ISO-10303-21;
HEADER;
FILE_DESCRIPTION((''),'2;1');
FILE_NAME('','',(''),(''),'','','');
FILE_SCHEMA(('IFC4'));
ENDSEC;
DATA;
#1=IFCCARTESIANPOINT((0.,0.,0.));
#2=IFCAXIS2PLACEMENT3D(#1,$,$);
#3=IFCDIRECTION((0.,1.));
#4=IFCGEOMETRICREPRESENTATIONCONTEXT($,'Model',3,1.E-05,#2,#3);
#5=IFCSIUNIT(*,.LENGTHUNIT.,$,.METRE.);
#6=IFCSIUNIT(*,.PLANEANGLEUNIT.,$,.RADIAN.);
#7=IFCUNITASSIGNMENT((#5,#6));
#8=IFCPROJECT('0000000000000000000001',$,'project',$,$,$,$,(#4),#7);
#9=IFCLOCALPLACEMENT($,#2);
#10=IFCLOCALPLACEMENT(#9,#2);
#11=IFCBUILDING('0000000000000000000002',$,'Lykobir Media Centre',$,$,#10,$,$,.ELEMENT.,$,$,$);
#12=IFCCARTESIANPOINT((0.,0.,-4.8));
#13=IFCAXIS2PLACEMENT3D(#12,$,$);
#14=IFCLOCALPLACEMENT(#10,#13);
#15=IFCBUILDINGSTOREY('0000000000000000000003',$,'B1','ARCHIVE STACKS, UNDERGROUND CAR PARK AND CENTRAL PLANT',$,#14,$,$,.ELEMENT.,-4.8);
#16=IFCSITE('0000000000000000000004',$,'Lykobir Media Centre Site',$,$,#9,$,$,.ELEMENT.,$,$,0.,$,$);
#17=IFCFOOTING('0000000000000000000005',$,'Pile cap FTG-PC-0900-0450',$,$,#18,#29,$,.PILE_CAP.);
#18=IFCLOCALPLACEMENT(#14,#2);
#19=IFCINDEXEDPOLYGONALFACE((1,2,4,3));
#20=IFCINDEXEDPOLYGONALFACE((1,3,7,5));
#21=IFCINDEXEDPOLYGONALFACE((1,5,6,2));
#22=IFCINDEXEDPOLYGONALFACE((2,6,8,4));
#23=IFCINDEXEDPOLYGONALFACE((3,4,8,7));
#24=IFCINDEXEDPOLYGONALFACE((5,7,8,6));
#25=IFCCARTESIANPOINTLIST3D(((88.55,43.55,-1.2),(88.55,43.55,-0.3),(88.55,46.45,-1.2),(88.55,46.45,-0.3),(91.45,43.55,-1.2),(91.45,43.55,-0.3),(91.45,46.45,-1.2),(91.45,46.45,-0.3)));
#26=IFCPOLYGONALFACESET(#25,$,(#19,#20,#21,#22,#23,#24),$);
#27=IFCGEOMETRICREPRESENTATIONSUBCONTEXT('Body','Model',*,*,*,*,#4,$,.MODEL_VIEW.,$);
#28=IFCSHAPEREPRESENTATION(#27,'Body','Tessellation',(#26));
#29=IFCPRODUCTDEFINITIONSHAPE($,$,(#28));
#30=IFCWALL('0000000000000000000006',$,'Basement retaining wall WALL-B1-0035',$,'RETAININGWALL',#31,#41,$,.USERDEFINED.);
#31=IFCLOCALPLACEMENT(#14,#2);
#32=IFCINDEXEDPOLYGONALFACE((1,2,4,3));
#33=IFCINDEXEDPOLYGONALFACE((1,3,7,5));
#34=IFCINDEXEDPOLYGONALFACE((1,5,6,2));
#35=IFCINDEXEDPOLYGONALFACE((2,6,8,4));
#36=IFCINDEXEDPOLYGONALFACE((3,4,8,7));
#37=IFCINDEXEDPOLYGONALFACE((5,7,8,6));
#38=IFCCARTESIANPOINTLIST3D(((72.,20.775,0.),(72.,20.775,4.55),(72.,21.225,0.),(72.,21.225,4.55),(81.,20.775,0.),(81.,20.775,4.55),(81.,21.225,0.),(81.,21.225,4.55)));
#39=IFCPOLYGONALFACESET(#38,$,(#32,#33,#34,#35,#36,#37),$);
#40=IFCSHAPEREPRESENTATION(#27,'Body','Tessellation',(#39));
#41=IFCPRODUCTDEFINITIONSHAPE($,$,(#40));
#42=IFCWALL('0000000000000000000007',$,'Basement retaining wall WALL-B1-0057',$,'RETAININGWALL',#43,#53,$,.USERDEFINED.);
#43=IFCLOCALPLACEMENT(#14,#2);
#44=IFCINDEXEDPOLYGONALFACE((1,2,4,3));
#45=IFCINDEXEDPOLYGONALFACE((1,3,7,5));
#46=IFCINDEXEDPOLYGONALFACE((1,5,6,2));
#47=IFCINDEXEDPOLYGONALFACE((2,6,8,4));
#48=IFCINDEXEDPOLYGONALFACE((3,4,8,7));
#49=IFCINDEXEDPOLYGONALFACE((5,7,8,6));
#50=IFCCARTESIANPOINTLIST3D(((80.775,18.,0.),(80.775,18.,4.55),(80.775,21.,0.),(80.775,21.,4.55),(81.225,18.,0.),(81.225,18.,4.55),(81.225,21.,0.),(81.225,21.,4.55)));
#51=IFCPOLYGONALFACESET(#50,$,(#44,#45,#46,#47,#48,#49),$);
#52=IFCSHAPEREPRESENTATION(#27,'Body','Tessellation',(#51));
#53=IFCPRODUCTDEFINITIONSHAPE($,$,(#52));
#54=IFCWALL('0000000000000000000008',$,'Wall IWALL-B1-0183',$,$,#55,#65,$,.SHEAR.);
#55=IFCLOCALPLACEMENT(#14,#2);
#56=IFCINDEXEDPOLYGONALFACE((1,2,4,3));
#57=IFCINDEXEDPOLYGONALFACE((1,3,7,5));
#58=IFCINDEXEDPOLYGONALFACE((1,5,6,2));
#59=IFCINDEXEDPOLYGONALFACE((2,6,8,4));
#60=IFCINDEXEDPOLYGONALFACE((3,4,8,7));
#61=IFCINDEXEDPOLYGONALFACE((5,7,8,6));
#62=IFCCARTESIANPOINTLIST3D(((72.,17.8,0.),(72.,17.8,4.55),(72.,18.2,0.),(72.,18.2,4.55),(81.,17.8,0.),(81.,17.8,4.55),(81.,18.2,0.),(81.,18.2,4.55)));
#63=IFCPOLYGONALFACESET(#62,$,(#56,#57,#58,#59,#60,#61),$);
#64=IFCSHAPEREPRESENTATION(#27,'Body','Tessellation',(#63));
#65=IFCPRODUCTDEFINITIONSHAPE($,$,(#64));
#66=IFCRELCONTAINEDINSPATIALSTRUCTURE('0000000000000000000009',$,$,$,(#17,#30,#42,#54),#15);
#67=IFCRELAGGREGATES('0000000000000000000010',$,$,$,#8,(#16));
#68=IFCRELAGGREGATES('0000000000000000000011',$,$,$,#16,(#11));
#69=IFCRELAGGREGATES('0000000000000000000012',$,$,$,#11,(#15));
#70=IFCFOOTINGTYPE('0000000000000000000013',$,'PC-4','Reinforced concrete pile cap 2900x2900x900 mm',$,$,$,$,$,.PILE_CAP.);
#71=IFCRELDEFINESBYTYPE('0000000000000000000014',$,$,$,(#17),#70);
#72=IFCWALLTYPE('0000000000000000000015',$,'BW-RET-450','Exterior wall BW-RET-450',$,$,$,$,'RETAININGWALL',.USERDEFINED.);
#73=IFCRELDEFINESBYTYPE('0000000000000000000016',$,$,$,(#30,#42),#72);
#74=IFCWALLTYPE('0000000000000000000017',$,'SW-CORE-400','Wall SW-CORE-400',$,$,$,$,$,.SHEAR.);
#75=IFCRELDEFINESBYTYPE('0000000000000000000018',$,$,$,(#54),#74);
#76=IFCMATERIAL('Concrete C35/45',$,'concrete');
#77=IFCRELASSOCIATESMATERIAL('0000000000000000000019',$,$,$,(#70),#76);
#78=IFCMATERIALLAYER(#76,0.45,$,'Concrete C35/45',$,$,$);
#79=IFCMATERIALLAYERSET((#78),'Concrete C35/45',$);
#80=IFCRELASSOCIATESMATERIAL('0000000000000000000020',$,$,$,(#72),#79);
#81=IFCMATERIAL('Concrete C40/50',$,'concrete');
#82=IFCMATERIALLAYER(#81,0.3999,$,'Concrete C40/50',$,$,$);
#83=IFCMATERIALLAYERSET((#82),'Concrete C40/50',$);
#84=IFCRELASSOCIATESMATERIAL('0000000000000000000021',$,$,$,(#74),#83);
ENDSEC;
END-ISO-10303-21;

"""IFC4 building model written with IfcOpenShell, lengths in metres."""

from ifc_helpers import new_model, si_unit, direction, frame, frame_2d, origin, origin_2d, place, context, subcontext, project, spatial, rectangle, extrude, material, layer, layer_set, type_object, element, save


model = new_model("IFC4")

# Units and contexts
model_context = context("Model", 3, precision=1e-05, world=origin(), true_north=direction((0.0, 1.0)))
body_context = subcontext(model_context, "Body", "Model", "MODEL_VIEW")
ifc_project = project(units=[si_unit("LENGTHUNIT", "METRE"), si_unit("PLANEANGLEUNIT", "RADIAN")], contexts=[model_context])

# Site, building, storey
site_placement = place(None, origin())
site = spatial("IfcSite", under=ifc_project, at=site_placement, Name="Lykobir Media Centre Site", CompositionType="ELEMENT", RefElevation=0.0)
building_placement = place(site_placement, origin())
building = spatial("IfcBuilding", under=site, at=building_placement, Name="Lykobir Media Centre", CompositionType="ELEMENT")
storey_placement = place(building_placement, frame((0.0, 0.0, -4.8)))
storey = spatial("IfcBuildingStorey", under=building, at=storey_placement, Name="B1", Description="ARCHIVE STACKS, UNDERGROUND CAR PARK AND CENTRAL PLANT", CompositionType="ELEMENT", Elevation=-4.8)

# Footing
ifc_material_1 = material(Name="Concrete C35/45", Category="concrete")
footing_type_1 = type_object("IfcFootingType", Name="PC-4", Description="Reinforced concrete pile cap 2900x2900x900 mm", PredefinedType="PILE_CAP", material=ifc_material_1)
for number, where, z_axis, x_axis, name in (
    (1, (90.0, 45.0, -1.2), (0.0, 0.0, 1.0), (1.0, 0.0, 0.0), "Pile cap FTG-PC-0900-0450"),
):
    element("IfcFooting", number, at=place(storey_placement, frame(where, z_axis=z_axis, x_axis=x_axis)), inside=storey, type_object=footing_type_1, Name=name, PredefinedType="PILE_CAP", context=body_context, shape_type="SweptSolid", body=[
        extrude(rectangle(XDim=2.8999, YDim=2.8999, at=origin_2d()), origin(), (0.0, 0.0, 1.0), 0.8999),
    ])

# Walls
ifc_layer_1 = layer(ifc_material_1, 0.45, Name="Concrete C35/45")
ifc_layer_set_1 = layer_set([ifc_layer_1], Name="Concrete C35/45")
wall_type_1 = type_object("IfcWallType", Name="BW-RET-450", Description="Exterior wall BW-RET-450", ElementType="RETAININGWALL", PredefinedType="USERDEFINED", material=ifc_layer_set_1)
wall_1_placement = place(storey_placement, frame((81.0, 21.0, 0.0), z_axis=(0.0, 0.0, 1.0), x_axis=(-1.0, 0.0, 0.0)))
element("IfcWall", 2, at=wall_1_placement, inside=storey, type_object=wall_type_1, Name="Basement retaining wall WALL-B1-0035", ObjectType="RETAININGWALL", PredefinedType="USERDEFINED", context=body_context, shape_type="SweptSolid", body=[
    extrude(rectangle(XDim=9.0, YDim=0.45, at=frame_2d((4.5, 0.0))), origin(), (0.0, 0.0, 1.0), 4.55),
])
wall_2_placement = place(storey_placement, frame((81.0, 18.0, 0.0), z_axis=(0.0, 0.0, 1.0), x_axis=(0.0, 1.0, 0.0)))
element("IfcWall", 3, at=wall_2_placement, inside=storey, type_object=wall_type_1, Name="Basement retaining wall WALL-B1-0057", ObjectType="RETAININGWALL", PredefinedType="USERDEFINED", context=body_context, shape_type="SweptSolid", body=[
    extrude(rectangle(XDim=3.0, YDim=0.45, at=frame_2d((1.5, 0.0))), origin(), (0.0, 0.0, 1.0), 4.55),
])
ifc_material_2 = material(Name="Concrete C40/50", Category="concrete")
ifc_layer_2 = layer(ifc_material_2, 0.3999, Name="Concrete C40/50")
ifc_layer_set_2 = layer_set([ifc_layer_2], Name="Concrete C40/50")
wall_type_2 = type_object("IfcWallType", Name="SW-CORE-400", Description="Wall SW-CORE-400", PredefinedType="SHEAR", material=ifc_layer_set_2)
wall_3_placement = place(storey_placement, frame((81.0, 18.0, 0.0), z_axis=(0.0, 0.0, 1.0), x_axis=(-1.0, 0.0, 0.0)))
element("IfcWall", 4, at=wall_3_placement, inside=storey, type_object=wall_type_2, Name="Wall IWALL-B1-0183", PredefinedType="SHEAR", context=body_context, shape_type="SweptSolid", body=[
    extrude(rectangle(XDim=9.0, YDim=0.3999, at=frame_2d((4.5, 0.0))), origin(), (0.0, 0.0, 1.0), 4.55),
])

save(model, "model.ifc")
